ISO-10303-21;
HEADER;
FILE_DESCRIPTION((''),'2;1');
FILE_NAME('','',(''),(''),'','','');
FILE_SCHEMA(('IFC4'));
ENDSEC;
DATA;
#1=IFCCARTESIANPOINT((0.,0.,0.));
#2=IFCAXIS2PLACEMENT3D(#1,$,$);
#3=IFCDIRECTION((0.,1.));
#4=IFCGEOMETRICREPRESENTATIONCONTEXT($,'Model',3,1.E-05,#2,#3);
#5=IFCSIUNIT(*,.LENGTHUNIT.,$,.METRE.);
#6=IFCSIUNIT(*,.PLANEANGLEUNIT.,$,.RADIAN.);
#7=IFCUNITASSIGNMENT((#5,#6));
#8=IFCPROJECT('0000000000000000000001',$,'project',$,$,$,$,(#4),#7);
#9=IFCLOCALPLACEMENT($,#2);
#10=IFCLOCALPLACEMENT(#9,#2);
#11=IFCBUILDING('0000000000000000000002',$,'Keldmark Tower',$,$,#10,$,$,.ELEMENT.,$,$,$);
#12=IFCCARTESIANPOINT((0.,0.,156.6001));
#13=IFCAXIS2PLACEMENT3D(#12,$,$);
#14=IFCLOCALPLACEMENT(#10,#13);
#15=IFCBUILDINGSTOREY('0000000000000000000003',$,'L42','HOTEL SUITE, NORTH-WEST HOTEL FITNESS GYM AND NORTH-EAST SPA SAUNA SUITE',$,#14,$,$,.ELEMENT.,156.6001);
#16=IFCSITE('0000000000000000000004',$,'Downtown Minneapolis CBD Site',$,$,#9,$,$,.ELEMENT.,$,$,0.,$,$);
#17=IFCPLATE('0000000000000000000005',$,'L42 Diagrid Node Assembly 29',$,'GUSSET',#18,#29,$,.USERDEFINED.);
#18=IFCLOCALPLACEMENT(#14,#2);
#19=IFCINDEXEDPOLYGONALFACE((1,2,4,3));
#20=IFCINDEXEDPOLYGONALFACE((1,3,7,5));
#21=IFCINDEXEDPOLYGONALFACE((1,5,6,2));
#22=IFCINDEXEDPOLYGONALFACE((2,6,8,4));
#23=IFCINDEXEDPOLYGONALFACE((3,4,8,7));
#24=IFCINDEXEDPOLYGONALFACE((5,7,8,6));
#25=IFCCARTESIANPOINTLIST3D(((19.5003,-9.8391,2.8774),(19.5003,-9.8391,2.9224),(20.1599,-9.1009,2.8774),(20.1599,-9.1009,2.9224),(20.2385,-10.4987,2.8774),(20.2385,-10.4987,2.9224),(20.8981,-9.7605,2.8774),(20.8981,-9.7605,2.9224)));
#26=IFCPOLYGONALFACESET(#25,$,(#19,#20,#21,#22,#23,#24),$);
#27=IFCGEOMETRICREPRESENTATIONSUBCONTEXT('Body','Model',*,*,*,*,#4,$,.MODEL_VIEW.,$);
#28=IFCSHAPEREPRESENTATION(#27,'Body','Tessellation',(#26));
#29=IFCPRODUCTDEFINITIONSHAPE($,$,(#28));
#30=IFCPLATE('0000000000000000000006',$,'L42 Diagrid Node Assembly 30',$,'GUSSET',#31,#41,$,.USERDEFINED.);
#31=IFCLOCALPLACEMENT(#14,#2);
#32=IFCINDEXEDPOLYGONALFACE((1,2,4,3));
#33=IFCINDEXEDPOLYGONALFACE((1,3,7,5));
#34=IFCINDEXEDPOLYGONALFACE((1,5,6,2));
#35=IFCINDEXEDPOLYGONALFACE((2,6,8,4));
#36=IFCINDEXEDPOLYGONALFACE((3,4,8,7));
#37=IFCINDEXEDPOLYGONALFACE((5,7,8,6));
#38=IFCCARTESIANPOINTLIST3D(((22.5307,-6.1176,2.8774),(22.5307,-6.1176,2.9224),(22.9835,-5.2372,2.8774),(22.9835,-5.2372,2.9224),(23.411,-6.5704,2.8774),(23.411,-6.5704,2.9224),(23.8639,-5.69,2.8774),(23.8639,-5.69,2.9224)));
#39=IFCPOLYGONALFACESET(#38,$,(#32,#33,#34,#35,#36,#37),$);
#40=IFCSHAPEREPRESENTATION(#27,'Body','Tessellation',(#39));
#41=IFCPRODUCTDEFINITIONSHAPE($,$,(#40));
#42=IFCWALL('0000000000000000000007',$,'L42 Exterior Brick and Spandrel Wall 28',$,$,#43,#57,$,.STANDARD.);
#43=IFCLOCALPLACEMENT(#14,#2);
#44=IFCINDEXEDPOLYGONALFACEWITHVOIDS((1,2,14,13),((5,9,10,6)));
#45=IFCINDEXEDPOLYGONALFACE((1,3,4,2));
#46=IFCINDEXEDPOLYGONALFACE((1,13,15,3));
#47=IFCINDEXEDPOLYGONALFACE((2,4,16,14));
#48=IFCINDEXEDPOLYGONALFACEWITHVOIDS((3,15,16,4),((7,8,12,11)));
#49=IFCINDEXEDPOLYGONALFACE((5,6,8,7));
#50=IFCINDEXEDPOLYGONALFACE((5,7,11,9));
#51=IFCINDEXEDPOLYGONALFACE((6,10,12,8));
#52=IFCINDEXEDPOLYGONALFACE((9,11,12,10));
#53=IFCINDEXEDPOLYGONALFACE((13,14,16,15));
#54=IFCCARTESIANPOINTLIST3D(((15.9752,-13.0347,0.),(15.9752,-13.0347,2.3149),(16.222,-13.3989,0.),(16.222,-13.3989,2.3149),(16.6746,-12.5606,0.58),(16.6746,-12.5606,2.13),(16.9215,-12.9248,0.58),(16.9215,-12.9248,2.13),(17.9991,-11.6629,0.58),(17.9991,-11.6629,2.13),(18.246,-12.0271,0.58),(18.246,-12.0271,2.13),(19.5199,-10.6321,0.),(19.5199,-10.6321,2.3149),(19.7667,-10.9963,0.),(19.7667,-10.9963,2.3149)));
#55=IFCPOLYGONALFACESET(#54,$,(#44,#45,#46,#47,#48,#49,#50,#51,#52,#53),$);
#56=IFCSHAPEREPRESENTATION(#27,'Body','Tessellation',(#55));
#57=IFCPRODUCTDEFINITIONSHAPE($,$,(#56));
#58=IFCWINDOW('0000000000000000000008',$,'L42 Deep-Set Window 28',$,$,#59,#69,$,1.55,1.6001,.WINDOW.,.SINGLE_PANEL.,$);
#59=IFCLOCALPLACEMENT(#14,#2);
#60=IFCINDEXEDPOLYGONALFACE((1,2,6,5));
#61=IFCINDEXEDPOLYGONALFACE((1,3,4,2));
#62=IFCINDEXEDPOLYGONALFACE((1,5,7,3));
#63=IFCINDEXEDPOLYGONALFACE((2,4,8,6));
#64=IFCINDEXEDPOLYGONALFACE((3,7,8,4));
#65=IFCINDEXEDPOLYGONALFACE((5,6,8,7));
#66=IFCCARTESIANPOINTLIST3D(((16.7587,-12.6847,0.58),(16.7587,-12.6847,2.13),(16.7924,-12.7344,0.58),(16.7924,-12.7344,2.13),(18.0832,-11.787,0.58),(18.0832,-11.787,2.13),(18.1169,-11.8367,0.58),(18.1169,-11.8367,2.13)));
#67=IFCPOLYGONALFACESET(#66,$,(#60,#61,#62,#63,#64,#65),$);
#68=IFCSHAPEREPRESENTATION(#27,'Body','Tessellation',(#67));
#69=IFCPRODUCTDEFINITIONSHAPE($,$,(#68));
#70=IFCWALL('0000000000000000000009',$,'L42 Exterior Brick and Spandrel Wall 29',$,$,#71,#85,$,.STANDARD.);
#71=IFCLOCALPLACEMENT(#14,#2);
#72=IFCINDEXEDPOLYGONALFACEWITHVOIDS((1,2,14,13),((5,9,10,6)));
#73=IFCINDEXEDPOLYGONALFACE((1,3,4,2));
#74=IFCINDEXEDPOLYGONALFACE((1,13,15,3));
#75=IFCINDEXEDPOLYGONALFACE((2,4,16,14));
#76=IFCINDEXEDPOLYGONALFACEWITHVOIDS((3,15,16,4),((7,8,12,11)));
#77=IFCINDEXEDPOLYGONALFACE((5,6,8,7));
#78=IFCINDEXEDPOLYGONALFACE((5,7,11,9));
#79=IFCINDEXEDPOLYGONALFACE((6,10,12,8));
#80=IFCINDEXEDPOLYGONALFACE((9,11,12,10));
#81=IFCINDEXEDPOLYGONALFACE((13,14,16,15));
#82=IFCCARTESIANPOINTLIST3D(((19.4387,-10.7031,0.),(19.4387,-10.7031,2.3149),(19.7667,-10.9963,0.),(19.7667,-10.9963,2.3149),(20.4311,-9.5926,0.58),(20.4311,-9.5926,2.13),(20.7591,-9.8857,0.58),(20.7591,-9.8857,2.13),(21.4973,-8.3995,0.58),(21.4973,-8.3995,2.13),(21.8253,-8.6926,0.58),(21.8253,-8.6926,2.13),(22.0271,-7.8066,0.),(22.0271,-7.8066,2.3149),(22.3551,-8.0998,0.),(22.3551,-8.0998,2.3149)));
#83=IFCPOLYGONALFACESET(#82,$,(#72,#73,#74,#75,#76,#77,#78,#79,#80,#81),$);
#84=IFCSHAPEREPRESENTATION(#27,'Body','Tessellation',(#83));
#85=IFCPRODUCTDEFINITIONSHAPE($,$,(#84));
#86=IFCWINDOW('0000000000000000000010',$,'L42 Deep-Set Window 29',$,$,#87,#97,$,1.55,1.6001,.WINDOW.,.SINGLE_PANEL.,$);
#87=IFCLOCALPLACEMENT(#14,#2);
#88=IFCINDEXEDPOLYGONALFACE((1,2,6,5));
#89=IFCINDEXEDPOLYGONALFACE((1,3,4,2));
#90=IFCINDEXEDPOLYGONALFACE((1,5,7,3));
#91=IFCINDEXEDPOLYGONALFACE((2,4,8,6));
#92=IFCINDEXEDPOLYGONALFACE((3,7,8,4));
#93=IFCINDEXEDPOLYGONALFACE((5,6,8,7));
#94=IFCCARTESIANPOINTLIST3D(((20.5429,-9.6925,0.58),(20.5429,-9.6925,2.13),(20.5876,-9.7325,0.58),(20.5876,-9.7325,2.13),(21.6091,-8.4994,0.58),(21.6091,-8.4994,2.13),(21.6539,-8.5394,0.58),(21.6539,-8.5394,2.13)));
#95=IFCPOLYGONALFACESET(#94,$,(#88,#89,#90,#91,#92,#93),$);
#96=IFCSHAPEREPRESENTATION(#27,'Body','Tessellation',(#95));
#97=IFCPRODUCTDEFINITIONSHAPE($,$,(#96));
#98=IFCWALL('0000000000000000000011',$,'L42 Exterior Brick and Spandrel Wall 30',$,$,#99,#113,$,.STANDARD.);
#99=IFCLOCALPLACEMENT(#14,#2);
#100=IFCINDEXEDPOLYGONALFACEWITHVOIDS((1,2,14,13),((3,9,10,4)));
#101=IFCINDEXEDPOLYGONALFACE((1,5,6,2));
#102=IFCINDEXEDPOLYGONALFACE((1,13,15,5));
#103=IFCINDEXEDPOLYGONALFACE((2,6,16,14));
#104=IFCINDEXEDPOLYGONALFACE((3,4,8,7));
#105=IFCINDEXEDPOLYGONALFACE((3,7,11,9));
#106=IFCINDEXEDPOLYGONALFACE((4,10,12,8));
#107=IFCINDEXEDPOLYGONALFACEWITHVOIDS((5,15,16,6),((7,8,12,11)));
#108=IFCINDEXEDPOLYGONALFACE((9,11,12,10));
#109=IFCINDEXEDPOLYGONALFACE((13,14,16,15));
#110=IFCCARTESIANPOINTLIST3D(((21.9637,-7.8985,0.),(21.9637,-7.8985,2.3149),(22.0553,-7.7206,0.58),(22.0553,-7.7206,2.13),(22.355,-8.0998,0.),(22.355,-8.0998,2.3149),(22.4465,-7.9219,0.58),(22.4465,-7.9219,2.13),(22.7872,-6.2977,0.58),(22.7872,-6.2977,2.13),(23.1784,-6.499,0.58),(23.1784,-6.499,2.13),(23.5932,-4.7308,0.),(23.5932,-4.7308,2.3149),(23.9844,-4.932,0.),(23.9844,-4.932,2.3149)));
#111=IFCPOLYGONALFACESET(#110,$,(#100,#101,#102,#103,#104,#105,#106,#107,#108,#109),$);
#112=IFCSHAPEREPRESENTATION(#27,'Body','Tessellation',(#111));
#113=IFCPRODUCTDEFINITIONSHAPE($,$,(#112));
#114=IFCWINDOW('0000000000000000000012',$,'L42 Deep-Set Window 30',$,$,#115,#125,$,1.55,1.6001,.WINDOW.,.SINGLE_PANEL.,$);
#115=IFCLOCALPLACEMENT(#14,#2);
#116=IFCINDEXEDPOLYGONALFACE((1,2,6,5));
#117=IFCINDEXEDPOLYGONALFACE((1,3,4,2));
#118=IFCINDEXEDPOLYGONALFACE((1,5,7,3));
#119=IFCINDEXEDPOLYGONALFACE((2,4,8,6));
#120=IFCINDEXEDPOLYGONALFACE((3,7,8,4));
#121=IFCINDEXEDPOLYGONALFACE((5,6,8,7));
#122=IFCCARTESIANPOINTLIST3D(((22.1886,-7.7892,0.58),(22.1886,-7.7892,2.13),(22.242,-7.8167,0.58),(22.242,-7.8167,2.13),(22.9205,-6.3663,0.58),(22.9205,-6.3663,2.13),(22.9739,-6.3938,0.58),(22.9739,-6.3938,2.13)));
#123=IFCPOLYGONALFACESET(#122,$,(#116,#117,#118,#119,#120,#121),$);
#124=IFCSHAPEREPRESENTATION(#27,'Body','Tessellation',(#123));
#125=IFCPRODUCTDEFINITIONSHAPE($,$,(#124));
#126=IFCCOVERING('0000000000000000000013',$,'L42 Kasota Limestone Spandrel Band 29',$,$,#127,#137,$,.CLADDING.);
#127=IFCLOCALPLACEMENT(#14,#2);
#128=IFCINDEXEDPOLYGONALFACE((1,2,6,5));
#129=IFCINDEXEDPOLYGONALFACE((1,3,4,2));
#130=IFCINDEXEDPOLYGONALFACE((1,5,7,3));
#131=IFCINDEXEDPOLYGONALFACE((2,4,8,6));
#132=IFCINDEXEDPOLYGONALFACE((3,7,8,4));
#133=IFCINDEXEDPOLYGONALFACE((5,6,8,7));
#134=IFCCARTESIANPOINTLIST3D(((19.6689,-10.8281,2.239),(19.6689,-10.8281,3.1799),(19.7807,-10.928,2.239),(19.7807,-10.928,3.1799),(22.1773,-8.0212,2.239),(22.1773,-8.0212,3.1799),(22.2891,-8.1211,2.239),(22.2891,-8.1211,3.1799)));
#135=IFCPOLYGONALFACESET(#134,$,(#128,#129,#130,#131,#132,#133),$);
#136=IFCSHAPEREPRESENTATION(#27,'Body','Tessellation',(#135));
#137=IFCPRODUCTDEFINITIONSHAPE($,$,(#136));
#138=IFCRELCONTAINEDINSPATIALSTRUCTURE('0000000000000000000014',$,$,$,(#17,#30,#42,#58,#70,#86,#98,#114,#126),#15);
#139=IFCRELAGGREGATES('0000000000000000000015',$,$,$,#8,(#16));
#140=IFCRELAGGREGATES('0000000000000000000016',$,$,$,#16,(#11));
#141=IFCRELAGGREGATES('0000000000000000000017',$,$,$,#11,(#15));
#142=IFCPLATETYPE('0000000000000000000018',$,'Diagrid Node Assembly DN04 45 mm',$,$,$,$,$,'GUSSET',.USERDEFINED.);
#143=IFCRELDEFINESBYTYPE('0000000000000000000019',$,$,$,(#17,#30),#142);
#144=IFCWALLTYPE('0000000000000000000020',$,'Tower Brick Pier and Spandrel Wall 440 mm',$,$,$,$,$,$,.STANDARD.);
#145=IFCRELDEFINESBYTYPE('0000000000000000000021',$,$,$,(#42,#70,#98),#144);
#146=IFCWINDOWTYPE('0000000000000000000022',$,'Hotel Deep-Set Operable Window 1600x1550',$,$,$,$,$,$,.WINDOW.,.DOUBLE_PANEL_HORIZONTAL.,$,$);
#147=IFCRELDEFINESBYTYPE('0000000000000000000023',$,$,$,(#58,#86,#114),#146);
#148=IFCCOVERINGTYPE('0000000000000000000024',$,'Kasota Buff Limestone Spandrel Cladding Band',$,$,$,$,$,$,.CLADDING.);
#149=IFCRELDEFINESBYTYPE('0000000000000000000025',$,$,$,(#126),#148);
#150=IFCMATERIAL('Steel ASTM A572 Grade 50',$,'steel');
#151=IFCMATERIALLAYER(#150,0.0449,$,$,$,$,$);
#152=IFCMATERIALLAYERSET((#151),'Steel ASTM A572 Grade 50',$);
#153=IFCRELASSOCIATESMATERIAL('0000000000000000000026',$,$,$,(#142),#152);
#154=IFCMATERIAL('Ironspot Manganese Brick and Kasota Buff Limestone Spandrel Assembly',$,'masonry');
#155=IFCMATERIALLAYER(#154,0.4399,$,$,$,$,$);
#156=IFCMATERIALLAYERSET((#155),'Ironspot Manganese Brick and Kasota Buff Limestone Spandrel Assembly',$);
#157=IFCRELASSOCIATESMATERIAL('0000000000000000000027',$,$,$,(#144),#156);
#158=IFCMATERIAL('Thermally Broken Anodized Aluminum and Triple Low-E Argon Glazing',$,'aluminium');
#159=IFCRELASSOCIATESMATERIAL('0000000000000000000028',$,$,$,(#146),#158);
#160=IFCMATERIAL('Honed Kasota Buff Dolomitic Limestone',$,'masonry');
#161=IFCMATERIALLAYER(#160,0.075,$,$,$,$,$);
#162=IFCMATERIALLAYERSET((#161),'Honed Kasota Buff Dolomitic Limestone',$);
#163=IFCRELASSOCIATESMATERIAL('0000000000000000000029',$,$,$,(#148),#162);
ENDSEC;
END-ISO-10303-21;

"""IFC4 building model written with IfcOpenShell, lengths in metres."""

from ifc_helpers import new_model, si_unit, direction, frame, frame_2d, origin, origin_2d, place, context, subcontext, project, spatial, rectangle, extrude, material, layer, layer_set, type_object, element, fill, save


model = new_model("IFC4")

# Units and contexts
model_context = context("Model", 3, precision=1e-05, world=origin(), true_north=direction((0.0, 1.0)))
body_context = subcontext(model_context, "Body", "Model", "MODEL_VIEW")
ifc_project = project(units=[si_unit("LENGTHUNIT", "METRE"), si_unit("PLANEANGLEUNIT", "RADIAN")], contexts=[model_context])

# Site, building, storey
site_placement = place(None, origin())
site = spatial("IfcSite", under=ifc_project, at=site_placement, Name="Downtown Minneapolis CBD Site", CompositionType="ELEMENT", RefElevation=0.0)
building_placement = place(site_placement, origin())
building = spatial("IfcBuilding", under=site, at=building_placement, Name="Keldmark Tower", CompositionType="ELEMENT")
storey_placement = place(building_placement, frame((0.0, 0.0, 156.6001)))
storey = spatial("IfcBuildingStorey", under=building, at=storey_placement, Name="L42", Description="HOTEL SUITE, NORTH-WEST HOTEL FITNESS GYM AND NORTH-EAST SPA SAUNA SUITE", CompositionType="ELEMENT", Elevation=156.6001)

# Plates
ifc_material_1 = material(Name="Steel ASTM A572 Grade 50", Category="steel")
ifc_layer_1 = layer(ifc_material_1, 0.0449)
ifc_layer_set_1 = layer_set([ifc_layer_1], Name="Steel ASTM A572 Grade 50")
plate_type = type_object("IfcPlateType", Name="Diagrid Node Assembly DN04 45 mm", ElementType="GUSSET", PredefinedType="USERDEFINED", material=ifc_layer_set_1)
for number, where, z_axis, x_axis, name in (
    (1, (20.1992, -9.7998, 2.8774), (0.0, 0.0, 1.0), (0.666272, 0.745709, 0.0), "L42 Diagrid Node Assembly 29"),
    (2, (23.1973, -5.9038, 2.8774), (0.0, 0.0, 1.0), (0.457408, 0.889257, 0.0), "L42 Diagrid Node Assembly 30"),
):
    element("IfcPlate", number, at=place(storey_placement, frame(where, z_axis=z_axis, x_axis=x_axis)), inside=storey, type_object=plate_type, Name=name, ObjectType="GUSSET", PredefinedType="USERDEFINED", context=body_context, shape_type="SweptSolid", body=[
        extrude(rectangle(XDim=0.99, YDim=0.99, at=origin_2d()), origin(), (0.0, 0.0, 1.0), 0.0449),
    ])

# Walls, openings, windows
ifc_material_2 = material(Name="Ironspot Manganese Brick and Kasota Buff Limestone Spandrel Assembly", Category="masonry")
ifc_layer_2 = layer(ifc_material_2, 0.4399)
ifc_layer_set_2 = layer_set([ifc_layer_2], Name="Ironspot Manganese Brick and Kasota Buff Limestone Spandrel Assembly")
wall_type = type_object("IfcWallType", Name="Tower Brick Pier and Spandrel Wall 440 mm", PredefinedType="STANDARD", material=ifc_layer_set_2)
wall_1_placement = place(storey_placement, frame((19.6433, -10.8142, 0.0), z_axis=(0.0, 0.0, 1.0), x_axis=(-0.827772, -0.561065, 0.0)))
wall_1 = element("IfcWall", 3, at=wall_1_placement, inside=storey, type_object=wall_type, Name="L42 Exterior Brick and Spandrel Wall 28", PredefinedType="STANDARD", context=body_context, shape_type="SweptSolid", body=[
    extrude(rectangle(XDim=4.2822, YDim=0.4399, at=frame_2d((2.1411, 0.0))), origin(), (0.0, 0.0, 1.0), 2.3149),
])
opening_1_placement = place(wall_1_placement, frame((1.8372, 0.0, 0.5801)))
opening_1 = element("IfcOpeningElement", 4, at=opening_1_placement, cuts=wall_1, PredefinedType="OPENING", context=body_context, shape_type="SweptSolid", body=[
    extrude(rectangle(XDim=1.6001, YDim=1.55, at=frame_2d((0.8, 0.7749))), frame((0.0, 0.23, 0.0), z_axis=(0.0, -1.0, 0.0), x_axis=(1.0, 0.0, 0.0)), (0.0, 0.0, 1.0), 0.46),
])
ifc_material_3 = material(Name="Thermally Broken Anodized Aluminum and Triple Low-E Argon Glazing", Category="aluminium")
window_type = type_object("IfcWindowType", Name="Hotel Deep-Set Operable Window 1600x1550", PartitioningType="DOUBLE_PANEL_HORIZONTAL", PredefinedType="WINDOW", material=ifc_material_3)
window_1_placement = place(opening_1_placement, origin())
window_1 = element("IfcWindow", 5, at=window_1_placement, inside=storey, type_object=window_type, Name="L42 Deep-Set Window 28", OverallHeight=1.55, OverallWidth=1.6001, PartitioningType="SINGLE_PANEL", PredefinedType="WINDOW", context=body_context, shape_type="SweptSolid", body=[
    extrude(rectangle(XDim=1.6001, YDim=1.55, at=frame_2d((0.8, 0.7749))), frame((0.0, -0.01, 0.0), z_axis=(0.0, -1.0, 0.0), x_axis=(1.0, 0.0, 0.0)), (0.0, 0.0, 1.0), 0.0601),
])
fill(opening_1, window_1)
wall_2_placement = place(storey_placement, frame((22.1912, -7.9531, 0.0), z_axis=(0.0, 0.0, 1.0), x_axis=(-0.666335, -0.745652, 0.0)))
wall_2 = element("IfcWall", 6, at=wall_2_placement, inside=storey, type_object=wall_type, Name="L42 Exterior Brick and Spandrel Wall 29", PredefinedType="STANDARD", context=body_context, shape_type="SweptSolid", body=[
    extrude(rectangle(XDim=3.8845, YDim=0.4399, at=frame_2d((1.9424, 0.0))), origin(), (0.0, 0.0, 1.0), 2.3149),
])
opening_2_placement = place(wall_2_placement, frame((0.7952, 0.0, 0.5801)))
opening_2 = element("IfcOpeningElement", 7, at=opening_2_placement, cuts=wall_2, PredefinedType="OPENING", context=body_context, shape_type="SweptSolid", body=[
    extrude(rectangle(XDim=1.6001, YDim=1.55, at=frame_2d((0.8, 0.7749))), frame((0.0, 0.23, 0.0), z_axis=(0.0, -1.0, 0.0), x_axis=(1.0, 0.0, 0.0)), (0.0, 0.0, 1.0), 0.46),
])
window_2_placement = place(opening_2_placement, origin())
window_2 = element("IfcWindow", 8, at=window_2_placement, inside=storey, type_object=window_type, Name="L42 Deep-Set Window 29", OverallHeight=1.55, OverallWidth=1.6001, PartitioningType="SINGLE_PANEL", PredefinedType="WINDOW", context=body_context, shape_type="SweptSolid", body=[
    extrude(rectangle(XDim=1.6001, YDim=1.55, at=frame_2d((0.8, 0.7749))), frame((0.0, -0.01, 0.0), z_axis=(0.0, -1.0, 0.0), x_axis=(1.0, 0.0, 0.0)), (0.0, 0.0, 1.0), 0.0601),
])
fill(opening_2, window_2)
wall_3_placement = place(storey_placement, frame((23.7888, -4.8313, 0.0), z_axis=(0.0, 0.0, 1.0), x_axis=(-0.45741, -0.889256, 0.0)))
wall_3 = element("IfcWall", 9, at=wall_3_placement, inside=storey, type_object=wall_type, Name="L42 Exterior Brick and Spandrel Wall 30", PredefinedType="STANDARD", context=body_context, shape_type="SweptSolid", body=[
    extrude(rectangle(XDim=3.5623, YDim=0.4399, at=frame_2d((1.7812, 0.0))), origin(), (0.0, 0.0, 1.0), 2.3149),
])
opening_3_placement = place(wall_3_placement, frame((1.7622, 0.0, 0.5801)))
opening_3 = element("IfcOpeningElement", 10, at=opening_3_placement, cuts=wall_3, PredefinedType="OPENING", context=body_context, shape_type="SweptSolid", body=[
    extrude(rectangle(XDim=1.6001, YDim=1.55, at=frame_2d((0.8, 0.7749))), frame((0.0, 0.23, 0.0), z_axis=(0.0, -1.0, 0.0), x_axis=(1.0, 0.0, 0.0)), (0.0, 0.0, 1.0), 0.46),
])
window_3_placement = place(opening_3_placement, origin())
window_3 = element("IfcWindow", 11, at=window_3_placement, inside=storey, type_object=window_type, Name="L42 Deep-Set Window 30", OverallHeight=1.55, OverallWidth=1.6001, PartitioningType="SINGLE_PANEL", PredefinedType="WINDOW", context=body_context, shape_type="SweptSolid", body=[
    extrude(rectangle(XDim=1.6001, YDim=1.55, at=frame_2d((0.8, 0.7749))), frame((0.0, -0.01, 0.0), z_axis=(0.0, -1.0, 0.0), x_axis=(1.0, 0.0, 0.0)), (0.0, 0.0, 1.0), 0.0601),
])
fill(opening_3, window_3)

# Covering
ifc_material_4 = material(Name="Honed Kasota Buff Dolomitic Limestone", Category="masonry")
ifc_layer_3 = layer(ifc_material_4, 0.075)
ifc_layer_set_3 = layer_set([ifc_layer_3], Name="Honed Kasota Buff Dolomitic Limestone")
covering_type = type_object("IfcCoveringType", Name="Kasota Buff Limestone Spandrel Cladding Band", PredefinedType="CLADDING", material=ifc_layer_set_3)
covering_placement = place(storey_placement, frame((20.979, -9.4746, 2.239), z_axis=(0.0, 0.0, 1.0), x_axis=(0.666337, 0.74565, 0.0)))
element("IfcCovering", 12, at=covering_placement, inside=storey, type_object=covering_type, Name="L42 Kasota Limestone Spandrel Band 29", PredefinedType="CLADDING", context=body_context, shape_type="SweptSolid", body=[
    extrude(rectangle(XDim=3.7644, YDim=0.1499, at=origin_2d()), origin(), (0.0, 0.0, 1.0), 0.9409),
])

save(model, "model.ifc")
